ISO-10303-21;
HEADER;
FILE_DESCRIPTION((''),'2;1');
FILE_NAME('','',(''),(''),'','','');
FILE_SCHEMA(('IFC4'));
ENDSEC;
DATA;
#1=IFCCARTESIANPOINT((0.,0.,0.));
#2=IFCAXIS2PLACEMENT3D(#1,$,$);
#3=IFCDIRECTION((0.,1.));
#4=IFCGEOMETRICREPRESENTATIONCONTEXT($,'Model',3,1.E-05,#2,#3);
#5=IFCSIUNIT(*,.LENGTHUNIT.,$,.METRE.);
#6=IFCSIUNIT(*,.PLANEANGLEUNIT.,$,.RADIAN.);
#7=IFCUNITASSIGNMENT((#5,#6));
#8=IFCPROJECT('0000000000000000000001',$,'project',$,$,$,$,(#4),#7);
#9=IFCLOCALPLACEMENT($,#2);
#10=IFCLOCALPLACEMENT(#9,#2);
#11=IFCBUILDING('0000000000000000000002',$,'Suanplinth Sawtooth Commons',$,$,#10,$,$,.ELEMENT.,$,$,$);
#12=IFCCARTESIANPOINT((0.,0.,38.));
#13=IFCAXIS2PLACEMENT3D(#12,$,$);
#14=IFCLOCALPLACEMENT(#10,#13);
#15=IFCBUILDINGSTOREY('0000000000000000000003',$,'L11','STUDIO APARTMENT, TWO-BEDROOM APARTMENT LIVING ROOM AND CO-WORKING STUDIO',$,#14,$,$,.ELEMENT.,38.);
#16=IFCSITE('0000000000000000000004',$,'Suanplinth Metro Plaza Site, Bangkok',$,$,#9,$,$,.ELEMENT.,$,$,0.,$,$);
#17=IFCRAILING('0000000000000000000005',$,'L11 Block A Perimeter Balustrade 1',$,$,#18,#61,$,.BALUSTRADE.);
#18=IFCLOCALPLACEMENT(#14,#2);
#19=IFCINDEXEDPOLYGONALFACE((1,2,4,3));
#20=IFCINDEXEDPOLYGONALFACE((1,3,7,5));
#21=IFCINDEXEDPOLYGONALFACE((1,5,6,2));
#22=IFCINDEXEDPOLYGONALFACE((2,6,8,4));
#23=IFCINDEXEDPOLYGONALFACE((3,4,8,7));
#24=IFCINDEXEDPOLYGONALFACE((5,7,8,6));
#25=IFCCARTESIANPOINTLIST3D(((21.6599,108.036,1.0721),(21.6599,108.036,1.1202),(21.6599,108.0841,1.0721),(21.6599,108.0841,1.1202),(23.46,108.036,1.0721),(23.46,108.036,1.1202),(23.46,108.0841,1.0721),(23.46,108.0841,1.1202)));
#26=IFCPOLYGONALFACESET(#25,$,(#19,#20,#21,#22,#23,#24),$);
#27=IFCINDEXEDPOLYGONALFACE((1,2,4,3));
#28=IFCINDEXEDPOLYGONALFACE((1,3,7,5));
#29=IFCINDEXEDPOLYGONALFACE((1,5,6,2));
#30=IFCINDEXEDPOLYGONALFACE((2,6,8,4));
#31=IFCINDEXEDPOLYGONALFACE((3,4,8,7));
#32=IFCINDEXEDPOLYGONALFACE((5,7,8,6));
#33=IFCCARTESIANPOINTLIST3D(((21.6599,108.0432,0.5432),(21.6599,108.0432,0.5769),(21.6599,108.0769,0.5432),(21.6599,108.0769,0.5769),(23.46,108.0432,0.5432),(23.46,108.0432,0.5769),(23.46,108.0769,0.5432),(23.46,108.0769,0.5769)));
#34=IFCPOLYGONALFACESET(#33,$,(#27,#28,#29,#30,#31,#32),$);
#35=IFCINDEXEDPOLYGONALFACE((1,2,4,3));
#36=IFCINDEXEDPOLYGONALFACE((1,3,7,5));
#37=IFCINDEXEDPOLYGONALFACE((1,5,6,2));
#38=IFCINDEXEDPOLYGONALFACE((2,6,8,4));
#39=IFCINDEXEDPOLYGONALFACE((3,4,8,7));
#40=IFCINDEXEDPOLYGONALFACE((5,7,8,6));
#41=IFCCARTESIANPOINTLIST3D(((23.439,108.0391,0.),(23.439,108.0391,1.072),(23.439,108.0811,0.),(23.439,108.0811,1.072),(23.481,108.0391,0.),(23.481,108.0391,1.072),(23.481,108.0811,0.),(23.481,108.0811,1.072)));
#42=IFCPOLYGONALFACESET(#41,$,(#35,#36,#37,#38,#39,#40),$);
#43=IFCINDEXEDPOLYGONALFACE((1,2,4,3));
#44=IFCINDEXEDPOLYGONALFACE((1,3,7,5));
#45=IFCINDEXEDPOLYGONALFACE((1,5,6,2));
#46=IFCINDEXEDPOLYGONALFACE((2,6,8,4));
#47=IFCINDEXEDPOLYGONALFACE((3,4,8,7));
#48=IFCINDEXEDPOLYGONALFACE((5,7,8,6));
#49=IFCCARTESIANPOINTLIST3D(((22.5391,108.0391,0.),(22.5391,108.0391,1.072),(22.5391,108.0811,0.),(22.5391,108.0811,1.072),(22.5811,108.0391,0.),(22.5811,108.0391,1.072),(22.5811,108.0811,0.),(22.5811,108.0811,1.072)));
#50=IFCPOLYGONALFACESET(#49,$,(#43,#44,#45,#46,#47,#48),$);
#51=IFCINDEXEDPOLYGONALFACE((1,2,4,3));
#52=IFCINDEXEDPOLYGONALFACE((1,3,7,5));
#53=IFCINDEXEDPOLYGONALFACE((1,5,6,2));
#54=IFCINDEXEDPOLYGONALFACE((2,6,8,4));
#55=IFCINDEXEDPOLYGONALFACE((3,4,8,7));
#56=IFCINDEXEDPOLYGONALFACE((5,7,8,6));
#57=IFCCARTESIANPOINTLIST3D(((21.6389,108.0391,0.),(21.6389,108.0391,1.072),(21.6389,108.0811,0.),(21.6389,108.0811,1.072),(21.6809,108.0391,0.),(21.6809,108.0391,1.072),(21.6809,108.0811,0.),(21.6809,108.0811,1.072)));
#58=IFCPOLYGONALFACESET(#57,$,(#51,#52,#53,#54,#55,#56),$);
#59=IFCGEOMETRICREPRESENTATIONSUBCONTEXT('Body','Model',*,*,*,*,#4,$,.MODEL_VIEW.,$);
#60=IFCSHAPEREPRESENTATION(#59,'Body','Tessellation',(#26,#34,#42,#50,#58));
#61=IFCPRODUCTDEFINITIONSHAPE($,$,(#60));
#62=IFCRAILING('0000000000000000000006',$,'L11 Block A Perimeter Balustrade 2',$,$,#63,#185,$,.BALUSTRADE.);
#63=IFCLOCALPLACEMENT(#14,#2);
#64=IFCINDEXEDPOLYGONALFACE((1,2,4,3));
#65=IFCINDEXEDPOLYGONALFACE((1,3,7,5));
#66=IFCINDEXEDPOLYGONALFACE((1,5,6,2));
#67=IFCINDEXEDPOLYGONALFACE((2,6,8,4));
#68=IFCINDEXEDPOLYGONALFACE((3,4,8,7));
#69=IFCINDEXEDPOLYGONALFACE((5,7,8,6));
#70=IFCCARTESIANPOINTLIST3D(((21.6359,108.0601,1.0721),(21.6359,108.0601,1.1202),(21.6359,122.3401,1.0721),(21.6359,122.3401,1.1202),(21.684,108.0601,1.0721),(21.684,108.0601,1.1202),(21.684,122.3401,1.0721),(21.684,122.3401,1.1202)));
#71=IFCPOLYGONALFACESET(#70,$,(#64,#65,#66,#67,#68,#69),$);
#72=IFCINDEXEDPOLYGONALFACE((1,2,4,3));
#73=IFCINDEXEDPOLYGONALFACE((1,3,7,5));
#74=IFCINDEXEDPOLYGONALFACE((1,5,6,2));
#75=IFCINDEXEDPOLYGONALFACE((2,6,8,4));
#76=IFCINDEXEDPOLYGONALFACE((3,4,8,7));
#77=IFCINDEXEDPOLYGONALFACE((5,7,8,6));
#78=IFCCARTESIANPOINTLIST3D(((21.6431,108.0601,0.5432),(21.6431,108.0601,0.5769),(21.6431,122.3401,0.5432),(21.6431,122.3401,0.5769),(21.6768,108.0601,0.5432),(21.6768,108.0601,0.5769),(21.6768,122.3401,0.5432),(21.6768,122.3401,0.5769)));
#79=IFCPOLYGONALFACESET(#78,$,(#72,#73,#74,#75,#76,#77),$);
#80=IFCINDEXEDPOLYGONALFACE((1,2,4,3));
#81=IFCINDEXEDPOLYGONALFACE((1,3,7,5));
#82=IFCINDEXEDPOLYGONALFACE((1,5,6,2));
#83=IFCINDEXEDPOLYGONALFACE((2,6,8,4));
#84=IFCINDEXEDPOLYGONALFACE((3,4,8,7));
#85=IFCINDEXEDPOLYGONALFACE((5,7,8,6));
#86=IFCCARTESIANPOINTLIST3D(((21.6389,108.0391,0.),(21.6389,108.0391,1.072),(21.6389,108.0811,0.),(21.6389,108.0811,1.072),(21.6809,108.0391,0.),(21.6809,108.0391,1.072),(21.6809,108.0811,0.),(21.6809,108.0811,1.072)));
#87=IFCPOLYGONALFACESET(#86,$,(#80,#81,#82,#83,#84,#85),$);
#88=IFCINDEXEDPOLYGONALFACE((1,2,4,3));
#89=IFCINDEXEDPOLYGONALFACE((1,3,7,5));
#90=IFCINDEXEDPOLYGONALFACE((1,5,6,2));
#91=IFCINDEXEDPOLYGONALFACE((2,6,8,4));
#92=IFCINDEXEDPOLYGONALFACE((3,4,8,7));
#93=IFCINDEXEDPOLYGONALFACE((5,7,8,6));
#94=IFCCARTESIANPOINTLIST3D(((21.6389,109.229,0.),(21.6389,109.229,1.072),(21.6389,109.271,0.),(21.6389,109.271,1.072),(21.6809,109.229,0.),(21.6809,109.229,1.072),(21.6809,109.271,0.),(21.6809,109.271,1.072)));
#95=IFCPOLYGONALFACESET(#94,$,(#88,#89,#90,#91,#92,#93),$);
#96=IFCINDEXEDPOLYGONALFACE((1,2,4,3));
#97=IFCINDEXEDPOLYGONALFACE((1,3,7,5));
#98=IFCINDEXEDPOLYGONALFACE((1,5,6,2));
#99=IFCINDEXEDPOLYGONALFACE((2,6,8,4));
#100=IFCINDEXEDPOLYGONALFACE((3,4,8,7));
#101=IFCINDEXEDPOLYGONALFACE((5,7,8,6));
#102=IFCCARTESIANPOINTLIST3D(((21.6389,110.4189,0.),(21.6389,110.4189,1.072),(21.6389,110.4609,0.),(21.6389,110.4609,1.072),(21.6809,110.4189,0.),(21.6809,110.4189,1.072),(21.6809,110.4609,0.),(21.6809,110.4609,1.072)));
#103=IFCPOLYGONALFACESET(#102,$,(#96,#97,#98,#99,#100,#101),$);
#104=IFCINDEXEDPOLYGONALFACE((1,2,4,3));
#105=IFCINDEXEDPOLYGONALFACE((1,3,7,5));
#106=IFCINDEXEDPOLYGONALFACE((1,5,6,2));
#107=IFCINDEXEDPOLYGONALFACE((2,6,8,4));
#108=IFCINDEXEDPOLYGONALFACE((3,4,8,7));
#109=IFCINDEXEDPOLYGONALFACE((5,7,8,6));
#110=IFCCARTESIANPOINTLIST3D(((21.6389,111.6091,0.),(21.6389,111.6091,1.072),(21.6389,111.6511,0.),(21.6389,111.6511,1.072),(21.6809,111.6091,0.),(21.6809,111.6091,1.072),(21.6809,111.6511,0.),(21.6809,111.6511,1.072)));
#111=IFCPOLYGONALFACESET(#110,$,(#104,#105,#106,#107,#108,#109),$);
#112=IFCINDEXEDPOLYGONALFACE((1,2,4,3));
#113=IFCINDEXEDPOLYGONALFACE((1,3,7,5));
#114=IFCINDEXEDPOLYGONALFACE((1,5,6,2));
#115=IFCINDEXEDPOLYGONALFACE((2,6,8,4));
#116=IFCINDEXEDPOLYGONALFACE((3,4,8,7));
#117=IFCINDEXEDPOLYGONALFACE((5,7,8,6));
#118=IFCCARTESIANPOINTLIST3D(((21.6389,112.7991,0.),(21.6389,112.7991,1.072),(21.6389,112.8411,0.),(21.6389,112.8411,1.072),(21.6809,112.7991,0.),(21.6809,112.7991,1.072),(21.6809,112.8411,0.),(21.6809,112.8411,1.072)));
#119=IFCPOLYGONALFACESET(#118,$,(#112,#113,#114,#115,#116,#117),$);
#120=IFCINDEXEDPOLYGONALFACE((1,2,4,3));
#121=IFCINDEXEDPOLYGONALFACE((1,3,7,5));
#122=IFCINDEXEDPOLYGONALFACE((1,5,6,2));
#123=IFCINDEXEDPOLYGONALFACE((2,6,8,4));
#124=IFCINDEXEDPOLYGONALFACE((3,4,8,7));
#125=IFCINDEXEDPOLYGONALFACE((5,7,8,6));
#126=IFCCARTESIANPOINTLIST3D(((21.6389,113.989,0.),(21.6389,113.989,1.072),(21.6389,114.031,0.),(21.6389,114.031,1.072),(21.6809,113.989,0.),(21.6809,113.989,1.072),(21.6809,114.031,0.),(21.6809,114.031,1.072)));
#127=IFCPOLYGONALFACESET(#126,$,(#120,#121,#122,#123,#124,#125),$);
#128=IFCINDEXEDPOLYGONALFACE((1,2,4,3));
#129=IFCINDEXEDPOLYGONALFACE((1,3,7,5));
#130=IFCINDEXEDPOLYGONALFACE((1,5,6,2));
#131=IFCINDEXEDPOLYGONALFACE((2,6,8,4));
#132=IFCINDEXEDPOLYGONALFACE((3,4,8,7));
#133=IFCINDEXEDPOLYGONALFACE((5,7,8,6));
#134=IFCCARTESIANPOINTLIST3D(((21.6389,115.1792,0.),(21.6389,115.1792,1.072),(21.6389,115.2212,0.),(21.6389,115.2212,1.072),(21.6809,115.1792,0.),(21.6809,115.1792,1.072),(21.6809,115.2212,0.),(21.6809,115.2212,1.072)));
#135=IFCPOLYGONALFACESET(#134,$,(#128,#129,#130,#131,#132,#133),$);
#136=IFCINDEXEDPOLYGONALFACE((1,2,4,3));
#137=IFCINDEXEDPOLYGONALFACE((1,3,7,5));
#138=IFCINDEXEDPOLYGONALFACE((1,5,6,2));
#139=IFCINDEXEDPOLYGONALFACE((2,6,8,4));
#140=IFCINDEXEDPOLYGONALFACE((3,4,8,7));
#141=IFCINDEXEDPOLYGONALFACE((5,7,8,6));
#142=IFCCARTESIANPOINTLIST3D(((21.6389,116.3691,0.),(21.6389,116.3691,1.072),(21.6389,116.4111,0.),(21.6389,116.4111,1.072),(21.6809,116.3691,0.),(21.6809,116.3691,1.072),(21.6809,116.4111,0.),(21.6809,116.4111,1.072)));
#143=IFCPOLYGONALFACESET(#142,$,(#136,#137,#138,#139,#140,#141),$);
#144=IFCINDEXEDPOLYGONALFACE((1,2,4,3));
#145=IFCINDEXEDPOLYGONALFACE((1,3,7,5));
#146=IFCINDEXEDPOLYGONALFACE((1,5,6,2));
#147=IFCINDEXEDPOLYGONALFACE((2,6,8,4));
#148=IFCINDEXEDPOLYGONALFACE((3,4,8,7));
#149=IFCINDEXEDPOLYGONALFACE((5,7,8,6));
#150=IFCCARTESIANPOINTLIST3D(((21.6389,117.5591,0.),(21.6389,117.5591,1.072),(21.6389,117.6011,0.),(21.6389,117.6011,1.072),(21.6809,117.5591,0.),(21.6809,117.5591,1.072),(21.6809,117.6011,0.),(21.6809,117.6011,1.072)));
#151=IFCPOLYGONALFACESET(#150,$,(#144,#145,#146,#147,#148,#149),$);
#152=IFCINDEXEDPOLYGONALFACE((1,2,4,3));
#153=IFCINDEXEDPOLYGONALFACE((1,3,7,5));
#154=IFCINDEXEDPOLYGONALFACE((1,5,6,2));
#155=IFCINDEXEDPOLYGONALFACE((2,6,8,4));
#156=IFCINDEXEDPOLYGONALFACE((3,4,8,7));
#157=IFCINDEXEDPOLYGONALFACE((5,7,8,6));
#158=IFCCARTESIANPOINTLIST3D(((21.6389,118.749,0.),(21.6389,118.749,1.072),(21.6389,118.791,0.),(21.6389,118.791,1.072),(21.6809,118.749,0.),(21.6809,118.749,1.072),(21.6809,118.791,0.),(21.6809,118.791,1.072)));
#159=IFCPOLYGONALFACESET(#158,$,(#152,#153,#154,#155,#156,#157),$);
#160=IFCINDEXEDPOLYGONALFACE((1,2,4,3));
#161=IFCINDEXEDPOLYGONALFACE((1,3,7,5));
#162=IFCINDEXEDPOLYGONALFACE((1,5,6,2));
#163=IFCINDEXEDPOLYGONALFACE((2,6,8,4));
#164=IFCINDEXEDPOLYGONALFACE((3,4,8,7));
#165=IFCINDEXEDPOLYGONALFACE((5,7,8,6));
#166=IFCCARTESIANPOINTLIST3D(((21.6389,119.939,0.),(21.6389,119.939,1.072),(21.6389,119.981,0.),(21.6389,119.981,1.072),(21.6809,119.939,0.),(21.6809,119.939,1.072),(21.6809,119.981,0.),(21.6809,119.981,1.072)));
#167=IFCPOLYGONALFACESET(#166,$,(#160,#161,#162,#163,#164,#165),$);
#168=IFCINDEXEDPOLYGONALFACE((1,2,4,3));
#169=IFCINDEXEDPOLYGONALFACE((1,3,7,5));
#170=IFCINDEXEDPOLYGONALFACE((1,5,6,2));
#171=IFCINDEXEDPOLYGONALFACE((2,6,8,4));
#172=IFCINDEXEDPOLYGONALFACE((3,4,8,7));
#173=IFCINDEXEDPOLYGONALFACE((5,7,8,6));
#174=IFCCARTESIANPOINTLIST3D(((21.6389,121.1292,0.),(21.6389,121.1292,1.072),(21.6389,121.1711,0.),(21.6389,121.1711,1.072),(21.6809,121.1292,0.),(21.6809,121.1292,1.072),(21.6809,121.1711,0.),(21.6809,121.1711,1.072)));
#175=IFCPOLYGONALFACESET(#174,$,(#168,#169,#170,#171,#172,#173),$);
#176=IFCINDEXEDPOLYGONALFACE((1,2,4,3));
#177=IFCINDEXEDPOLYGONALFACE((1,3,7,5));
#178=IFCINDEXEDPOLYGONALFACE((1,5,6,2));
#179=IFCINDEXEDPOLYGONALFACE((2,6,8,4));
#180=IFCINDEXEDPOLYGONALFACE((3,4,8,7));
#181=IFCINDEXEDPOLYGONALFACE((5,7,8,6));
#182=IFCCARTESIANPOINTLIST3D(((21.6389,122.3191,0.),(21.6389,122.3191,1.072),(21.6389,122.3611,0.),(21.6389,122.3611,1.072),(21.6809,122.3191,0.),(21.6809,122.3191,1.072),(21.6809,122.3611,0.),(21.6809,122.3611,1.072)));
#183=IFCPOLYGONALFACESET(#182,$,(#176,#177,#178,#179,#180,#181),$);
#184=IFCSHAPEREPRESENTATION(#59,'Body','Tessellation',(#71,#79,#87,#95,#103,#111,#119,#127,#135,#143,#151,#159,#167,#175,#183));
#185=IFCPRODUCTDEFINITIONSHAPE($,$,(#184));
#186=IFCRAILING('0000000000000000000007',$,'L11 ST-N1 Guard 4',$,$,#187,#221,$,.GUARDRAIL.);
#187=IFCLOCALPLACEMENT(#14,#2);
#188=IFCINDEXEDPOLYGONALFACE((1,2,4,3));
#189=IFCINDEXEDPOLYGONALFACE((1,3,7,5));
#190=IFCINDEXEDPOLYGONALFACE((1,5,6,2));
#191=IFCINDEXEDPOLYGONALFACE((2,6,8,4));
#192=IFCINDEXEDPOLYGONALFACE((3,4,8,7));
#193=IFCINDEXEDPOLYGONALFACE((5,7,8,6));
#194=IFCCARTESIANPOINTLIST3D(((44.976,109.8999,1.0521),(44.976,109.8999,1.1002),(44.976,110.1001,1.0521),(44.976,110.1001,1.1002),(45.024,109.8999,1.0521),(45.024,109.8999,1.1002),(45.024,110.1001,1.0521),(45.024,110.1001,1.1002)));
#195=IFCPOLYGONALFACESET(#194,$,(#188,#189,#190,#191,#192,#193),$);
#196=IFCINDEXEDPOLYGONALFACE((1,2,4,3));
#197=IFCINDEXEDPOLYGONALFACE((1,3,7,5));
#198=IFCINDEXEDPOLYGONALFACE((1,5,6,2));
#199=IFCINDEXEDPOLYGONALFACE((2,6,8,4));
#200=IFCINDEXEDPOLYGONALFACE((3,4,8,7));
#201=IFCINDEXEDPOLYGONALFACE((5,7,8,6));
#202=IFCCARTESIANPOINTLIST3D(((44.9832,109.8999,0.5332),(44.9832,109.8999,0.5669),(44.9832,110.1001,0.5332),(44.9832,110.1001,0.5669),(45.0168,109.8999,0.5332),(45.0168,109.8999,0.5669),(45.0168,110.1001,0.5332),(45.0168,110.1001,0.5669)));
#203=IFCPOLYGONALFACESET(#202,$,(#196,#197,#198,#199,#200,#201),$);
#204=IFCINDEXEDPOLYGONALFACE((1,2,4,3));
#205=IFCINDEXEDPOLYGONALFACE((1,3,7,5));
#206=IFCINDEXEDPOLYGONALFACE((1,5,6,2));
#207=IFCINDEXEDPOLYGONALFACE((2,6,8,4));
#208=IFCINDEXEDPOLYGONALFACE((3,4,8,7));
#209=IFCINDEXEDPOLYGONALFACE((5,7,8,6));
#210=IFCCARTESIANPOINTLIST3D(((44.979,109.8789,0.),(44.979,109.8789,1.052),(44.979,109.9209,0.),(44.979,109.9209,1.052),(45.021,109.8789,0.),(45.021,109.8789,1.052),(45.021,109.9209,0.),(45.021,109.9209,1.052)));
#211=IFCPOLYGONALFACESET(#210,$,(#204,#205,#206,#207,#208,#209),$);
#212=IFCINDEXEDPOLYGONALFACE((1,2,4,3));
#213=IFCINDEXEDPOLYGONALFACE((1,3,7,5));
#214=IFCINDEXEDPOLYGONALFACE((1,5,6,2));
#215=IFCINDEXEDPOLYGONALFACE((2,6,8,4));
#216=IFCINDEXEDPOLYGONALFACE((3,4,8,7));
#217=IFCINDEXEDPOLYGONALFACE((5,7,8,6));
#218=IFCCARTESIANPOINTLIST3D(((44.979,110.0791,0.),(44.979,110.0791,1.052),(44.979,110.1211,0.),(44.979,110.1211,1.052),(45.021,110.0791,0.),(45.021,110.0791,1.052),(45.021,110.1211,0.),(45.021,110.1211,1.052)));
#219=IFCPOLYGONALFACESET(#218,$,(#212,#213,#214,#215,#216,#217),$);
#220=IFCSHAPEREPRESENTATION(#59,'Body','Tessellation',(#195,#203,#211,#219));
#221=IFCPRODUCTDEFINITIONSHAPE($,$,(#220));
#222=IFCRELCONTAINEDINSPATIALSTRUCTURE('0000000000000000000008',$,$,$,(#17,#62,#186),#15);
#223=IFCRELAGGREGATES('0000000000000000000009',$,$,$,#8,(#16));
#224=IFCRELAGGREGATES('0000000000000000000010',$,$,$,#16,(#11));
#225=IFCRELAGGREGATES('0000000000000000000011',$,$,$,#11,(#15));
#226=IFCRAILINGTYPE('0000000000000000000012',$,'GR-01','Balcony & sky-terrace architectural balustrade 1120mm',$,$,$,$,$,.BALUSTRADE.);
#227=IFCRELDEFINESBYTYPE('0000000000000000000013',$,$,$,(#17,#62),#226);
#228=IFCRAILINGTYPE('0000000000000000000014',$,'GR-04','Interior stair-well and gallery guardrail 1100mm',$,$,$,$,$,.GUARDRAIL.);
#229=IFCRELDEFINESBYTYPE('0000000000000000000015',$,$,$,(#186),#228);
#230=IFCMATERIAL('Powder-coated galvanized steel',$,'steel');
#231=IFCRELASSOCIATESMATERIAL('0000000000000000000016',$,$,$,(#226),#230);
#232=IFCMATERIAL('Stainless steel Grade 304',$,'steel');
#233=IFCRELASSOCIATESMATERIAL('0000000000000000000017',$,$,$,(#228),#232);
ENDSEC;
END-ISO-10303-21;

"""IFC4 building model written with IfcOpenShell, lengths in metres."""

from ifc_helpers import new_model, si_unit, direction, frame, origin, origin_2d, place, context, subcontext, project, spatial, rectangle, extrude, material, type_object, element, save


model = new_model("IFC4")

# Units and contexts
model_context = context("Model", 3, precision=1e-05, world=origin(), true_north=direction((0.0, 1.0)))
body_context = subcontext(model_context, "Body", "Model", "MODEL_VIEW")
ifc_project = project(units=[si_unit("LENGTHUNIT", "METRE"), si_unit("PLANEANGLEUNIT", "RADIAN")], contexts=[model_context])

# Site, building, storey
site_placement = place(None, origin())
site = spatial("IfcSite", under=ifc_project, at=site_placement, Name="Suanplinth Metro Plaza Site, Bangkok", CompositionType="ELEMENT", RefElevation=0.0)
building_placement = place(site_placement, origin())
building = spatial("IfcBuilding", under=site, at=building_placement, Name="Suanplinth Sawtooth Commons", CompositionType="ELEMENT")
storey_placement = place(building_placement, frame((0.0, 0.0, 38.0)))
storey = spatial("IfcBuildingStorey", under=building, at=storey_placement, Name="L11", Description="STUDIO APARTMENT, TWO-BEDROOM APARTMENT LIVING ROOM AND CO-WORKING STUDIO", CompositionType="ELEMENT", Elevation=38.0)

# Railings
ifc_material_1 = material(Name="Powder-coated galvanized steel", Category="steel")
railing_type_1 = type_object("IfcRailingType", Name="GR-01", Description="Balcony & sky-terrace architectural balustrade 1120mm", PredefinedType="BALUSTRADE", material=ifc_material_1)
railing_1_placement = place(storey_placement, frame((23.46, 108.0601, 0.0)))
element("IfcRailing", 1, at=railing_1_placement, inside=storey, type_object=railing_type_1, Name="L11 Block A Perimeter Balustrade 1", PredefinedType="BALUSTRADE", context=body_context, shape_type="SweptSolid", body=[
    extrude(rectangle(XDim=0.0481, YDim=0.0481, at=origin_2d()), frame((0.0, 0.0, 1.0962), z_axis=(-1.0, 0.0, 0.0), x_axis=(0.0, -1.0, 0.0)), (0.0, 0.0, 1.0), 1.8),
    extrude(rectangle(XDim=0.0337, YDim=0.0337, at=origin_2d()), frame((0.0, 0.0, 0.5601), z_axis=(-1.0, 0.0, 0.0), x_axis=(0.0, -1.0, 0.0)), (0.0, 0.0, 1.0), 1.8),
    extrude(rectangle(XDim=0.042, YDim=0.042, at=origin_2d()), origin(), (0.0, 0.0, 1.0), 1.072),
    extrude(rectangle(XDim=0.042, YDim=0.042, at=origin_2d()), frame((-0.8999, 0.0, 0.0)), (0.0, 0.0, 1.0), 1.072),
    extrude(rectangle(XDim=0.042, YDim=0.042, at=origin_2d()), frame((-1.8, 0.0, 0.0)), (0.0, 0.0, 1.0), 1.072),
])
railing_2_placement = place(storey_placement, frame((21.6599, 108.0601, 0.0)))
element("IfcRailing", 2, at=railing_2_placement, inside=storey, type_object=railing_type_1, Name="L11 Block A Perimeter Balustrade 2", PredefinedType="BALUSTRADE", context=body_context, shape_type="SweptSolid", body=[
    extrude(rectangle(XDim=0.0481, YDim=0.0481, at=origin_2d()), frame((0.0, 0.0, 1.0962), z_axis=(0.0, 1.0, 0.0), x_axis=(-1.0, 0.0, 0.0)), (0.0, 0.0, 1.0), 14.28),
    extrude(rectangle(XDim=0.0337, YDim=0.0337, at=origin_2d()), frame((0.0, 0.0, 0.5601), z_axis=(0.0, 1.0, 0.0), x_axis=(-1.0, 0.0, 0.0)), (0.0, 0.0, 1.0), 14.28),
    extrude(rectangle(XDim=0.042, YDim=0.042, at=origin_2d()), origin(), (0.0, 0.0, 1.0), 1.072),
    extrude(rectangle(XDim=0.042, YDim=0.042, at=origin_2d()), frame((0.0, 1.1899, 0.0)), (0.0, 0.0, 1.0), 1.072),
    extrude(rectangle(XDim=0.042, YDim=0.042, at=origin_2d()), frame((0.0, 2.3799, 0.0)), (0.0, 0.0, 1.0), 1.072),
    extrude(rectangle(XDim=0.042, YDim=0.042, at=origin_2d()), frame((0.0, 3.5701, 0.0)), (0.0, 0.0, 1.0), 1.072),
    extrude(rectangle(XDim=0.042, YDim=0.042, at=origin_2d()), frame((0.0, 4.76, 0.0)), (0.0, 0.0, 1.0), 1.072),
    extrude(rectangle(XDim=0.042, YDim=0.042, at=origin_2d()), frame((0.0, 5.95, 0.0)), (0.0, 0.0, 1.0), 1.072),
    extrude(rectangle(XDim=0.042, YDim=0.042, at=origin_2d()), frame((0.0, 7.1401, 0.0)), (0.0, 0.0, 1.0), 1.072),
    extrude(rectangle(XDim=0.042, YDim=0.042, at=origin_2d()), frame((0.0, 8.3301, 0.0)), (0.0, 0.0, 1.0), 1.072),
    extrude(rectangle(XDim=0.042, YDim=0.042, at=origin_2d()), frame((0.0, 9.52, 0.0)), (0.0, 0.0, 1.0), 1.072),
    extrude(rectangle(XDim=0.042, YDim=0.042, at=origin_2d()), frame((0.0, 10.71, 0.0)), (0.0, 0.0, 1.0), 1.072),
    extrude(rectangle(XDim=0.042, YDim=0.042, at=origin_2d()), frame((0.0, 11.8999, 0.0)), (0.0, 0.0, 1.0), 1.072),
    extrude(rectangle(XDim=0.042, YDim=0.042, at=origin_2d()), frame((0.0, 13.0901, 0.0)), (0.0, 0.0, 1.0), 1.072),
    extrude(rectangle(XDim=0.042, YDim=0.042, at=origin_2d()), frame((0.0, 14.28, 0.0)), (0.0, 0.0, 1.0), 1.072),
])
ifc_material_2 = material(Name="Stainless steel Grade 304", Category="steel")
railing_type_2 = type_object("IfcRailingType", Name="GR-04", Description="Interior stair-well and gallery guardrail 1100mm", PredefinedType="GUARDRAIL", material=ifc_material_2)
railing_3_placement = place(storey_placement, frame((45.0, 109.8999, 0.0)))
element("IfcRailing", 3, at=railing_3_placement, inside=storey, type_object=railing_type_2, Name="L11 ST-N1 Guard 4", PredefinedType="GUARDRAIL", context=body_context, shape_type="SweptSolid", body=[
    extrude(rectangle(XDim=0.0481, YDim=0.0481, at=origin_2d()), frame((0.0, 0.0, 1.0762), z_axis=(0.0, 1.0, 0.0), x_axis=(-1.0, 0.0, 0.0)), (0.0, 0.0, 1.0), 0.2002),
    extrude(rectangle(XDim=0.0337, YDim=0.0337, at=origin_2d()), frame((0.0, 0.0, 0.55), z_axis=(0.0, 1.0, 0.0), x_axis=(-1.0, 0.0, 0.0)), (0.0, 0.0, 1.0), 0.2002),
    extrude(rectangle(XDim=0.042, YDim=0.042, at=origin_2d()), origin(), (0.0, 0.0, 1.0), 1.052),
    extrude(rectangle(XDim=0.042, YDim=0.042, at=origin_2d()), frame((0.0, 0.2002, 0.0)), (0.0, 0.0, 1.0), 1.052),
])

save(model, "model.ifc")
